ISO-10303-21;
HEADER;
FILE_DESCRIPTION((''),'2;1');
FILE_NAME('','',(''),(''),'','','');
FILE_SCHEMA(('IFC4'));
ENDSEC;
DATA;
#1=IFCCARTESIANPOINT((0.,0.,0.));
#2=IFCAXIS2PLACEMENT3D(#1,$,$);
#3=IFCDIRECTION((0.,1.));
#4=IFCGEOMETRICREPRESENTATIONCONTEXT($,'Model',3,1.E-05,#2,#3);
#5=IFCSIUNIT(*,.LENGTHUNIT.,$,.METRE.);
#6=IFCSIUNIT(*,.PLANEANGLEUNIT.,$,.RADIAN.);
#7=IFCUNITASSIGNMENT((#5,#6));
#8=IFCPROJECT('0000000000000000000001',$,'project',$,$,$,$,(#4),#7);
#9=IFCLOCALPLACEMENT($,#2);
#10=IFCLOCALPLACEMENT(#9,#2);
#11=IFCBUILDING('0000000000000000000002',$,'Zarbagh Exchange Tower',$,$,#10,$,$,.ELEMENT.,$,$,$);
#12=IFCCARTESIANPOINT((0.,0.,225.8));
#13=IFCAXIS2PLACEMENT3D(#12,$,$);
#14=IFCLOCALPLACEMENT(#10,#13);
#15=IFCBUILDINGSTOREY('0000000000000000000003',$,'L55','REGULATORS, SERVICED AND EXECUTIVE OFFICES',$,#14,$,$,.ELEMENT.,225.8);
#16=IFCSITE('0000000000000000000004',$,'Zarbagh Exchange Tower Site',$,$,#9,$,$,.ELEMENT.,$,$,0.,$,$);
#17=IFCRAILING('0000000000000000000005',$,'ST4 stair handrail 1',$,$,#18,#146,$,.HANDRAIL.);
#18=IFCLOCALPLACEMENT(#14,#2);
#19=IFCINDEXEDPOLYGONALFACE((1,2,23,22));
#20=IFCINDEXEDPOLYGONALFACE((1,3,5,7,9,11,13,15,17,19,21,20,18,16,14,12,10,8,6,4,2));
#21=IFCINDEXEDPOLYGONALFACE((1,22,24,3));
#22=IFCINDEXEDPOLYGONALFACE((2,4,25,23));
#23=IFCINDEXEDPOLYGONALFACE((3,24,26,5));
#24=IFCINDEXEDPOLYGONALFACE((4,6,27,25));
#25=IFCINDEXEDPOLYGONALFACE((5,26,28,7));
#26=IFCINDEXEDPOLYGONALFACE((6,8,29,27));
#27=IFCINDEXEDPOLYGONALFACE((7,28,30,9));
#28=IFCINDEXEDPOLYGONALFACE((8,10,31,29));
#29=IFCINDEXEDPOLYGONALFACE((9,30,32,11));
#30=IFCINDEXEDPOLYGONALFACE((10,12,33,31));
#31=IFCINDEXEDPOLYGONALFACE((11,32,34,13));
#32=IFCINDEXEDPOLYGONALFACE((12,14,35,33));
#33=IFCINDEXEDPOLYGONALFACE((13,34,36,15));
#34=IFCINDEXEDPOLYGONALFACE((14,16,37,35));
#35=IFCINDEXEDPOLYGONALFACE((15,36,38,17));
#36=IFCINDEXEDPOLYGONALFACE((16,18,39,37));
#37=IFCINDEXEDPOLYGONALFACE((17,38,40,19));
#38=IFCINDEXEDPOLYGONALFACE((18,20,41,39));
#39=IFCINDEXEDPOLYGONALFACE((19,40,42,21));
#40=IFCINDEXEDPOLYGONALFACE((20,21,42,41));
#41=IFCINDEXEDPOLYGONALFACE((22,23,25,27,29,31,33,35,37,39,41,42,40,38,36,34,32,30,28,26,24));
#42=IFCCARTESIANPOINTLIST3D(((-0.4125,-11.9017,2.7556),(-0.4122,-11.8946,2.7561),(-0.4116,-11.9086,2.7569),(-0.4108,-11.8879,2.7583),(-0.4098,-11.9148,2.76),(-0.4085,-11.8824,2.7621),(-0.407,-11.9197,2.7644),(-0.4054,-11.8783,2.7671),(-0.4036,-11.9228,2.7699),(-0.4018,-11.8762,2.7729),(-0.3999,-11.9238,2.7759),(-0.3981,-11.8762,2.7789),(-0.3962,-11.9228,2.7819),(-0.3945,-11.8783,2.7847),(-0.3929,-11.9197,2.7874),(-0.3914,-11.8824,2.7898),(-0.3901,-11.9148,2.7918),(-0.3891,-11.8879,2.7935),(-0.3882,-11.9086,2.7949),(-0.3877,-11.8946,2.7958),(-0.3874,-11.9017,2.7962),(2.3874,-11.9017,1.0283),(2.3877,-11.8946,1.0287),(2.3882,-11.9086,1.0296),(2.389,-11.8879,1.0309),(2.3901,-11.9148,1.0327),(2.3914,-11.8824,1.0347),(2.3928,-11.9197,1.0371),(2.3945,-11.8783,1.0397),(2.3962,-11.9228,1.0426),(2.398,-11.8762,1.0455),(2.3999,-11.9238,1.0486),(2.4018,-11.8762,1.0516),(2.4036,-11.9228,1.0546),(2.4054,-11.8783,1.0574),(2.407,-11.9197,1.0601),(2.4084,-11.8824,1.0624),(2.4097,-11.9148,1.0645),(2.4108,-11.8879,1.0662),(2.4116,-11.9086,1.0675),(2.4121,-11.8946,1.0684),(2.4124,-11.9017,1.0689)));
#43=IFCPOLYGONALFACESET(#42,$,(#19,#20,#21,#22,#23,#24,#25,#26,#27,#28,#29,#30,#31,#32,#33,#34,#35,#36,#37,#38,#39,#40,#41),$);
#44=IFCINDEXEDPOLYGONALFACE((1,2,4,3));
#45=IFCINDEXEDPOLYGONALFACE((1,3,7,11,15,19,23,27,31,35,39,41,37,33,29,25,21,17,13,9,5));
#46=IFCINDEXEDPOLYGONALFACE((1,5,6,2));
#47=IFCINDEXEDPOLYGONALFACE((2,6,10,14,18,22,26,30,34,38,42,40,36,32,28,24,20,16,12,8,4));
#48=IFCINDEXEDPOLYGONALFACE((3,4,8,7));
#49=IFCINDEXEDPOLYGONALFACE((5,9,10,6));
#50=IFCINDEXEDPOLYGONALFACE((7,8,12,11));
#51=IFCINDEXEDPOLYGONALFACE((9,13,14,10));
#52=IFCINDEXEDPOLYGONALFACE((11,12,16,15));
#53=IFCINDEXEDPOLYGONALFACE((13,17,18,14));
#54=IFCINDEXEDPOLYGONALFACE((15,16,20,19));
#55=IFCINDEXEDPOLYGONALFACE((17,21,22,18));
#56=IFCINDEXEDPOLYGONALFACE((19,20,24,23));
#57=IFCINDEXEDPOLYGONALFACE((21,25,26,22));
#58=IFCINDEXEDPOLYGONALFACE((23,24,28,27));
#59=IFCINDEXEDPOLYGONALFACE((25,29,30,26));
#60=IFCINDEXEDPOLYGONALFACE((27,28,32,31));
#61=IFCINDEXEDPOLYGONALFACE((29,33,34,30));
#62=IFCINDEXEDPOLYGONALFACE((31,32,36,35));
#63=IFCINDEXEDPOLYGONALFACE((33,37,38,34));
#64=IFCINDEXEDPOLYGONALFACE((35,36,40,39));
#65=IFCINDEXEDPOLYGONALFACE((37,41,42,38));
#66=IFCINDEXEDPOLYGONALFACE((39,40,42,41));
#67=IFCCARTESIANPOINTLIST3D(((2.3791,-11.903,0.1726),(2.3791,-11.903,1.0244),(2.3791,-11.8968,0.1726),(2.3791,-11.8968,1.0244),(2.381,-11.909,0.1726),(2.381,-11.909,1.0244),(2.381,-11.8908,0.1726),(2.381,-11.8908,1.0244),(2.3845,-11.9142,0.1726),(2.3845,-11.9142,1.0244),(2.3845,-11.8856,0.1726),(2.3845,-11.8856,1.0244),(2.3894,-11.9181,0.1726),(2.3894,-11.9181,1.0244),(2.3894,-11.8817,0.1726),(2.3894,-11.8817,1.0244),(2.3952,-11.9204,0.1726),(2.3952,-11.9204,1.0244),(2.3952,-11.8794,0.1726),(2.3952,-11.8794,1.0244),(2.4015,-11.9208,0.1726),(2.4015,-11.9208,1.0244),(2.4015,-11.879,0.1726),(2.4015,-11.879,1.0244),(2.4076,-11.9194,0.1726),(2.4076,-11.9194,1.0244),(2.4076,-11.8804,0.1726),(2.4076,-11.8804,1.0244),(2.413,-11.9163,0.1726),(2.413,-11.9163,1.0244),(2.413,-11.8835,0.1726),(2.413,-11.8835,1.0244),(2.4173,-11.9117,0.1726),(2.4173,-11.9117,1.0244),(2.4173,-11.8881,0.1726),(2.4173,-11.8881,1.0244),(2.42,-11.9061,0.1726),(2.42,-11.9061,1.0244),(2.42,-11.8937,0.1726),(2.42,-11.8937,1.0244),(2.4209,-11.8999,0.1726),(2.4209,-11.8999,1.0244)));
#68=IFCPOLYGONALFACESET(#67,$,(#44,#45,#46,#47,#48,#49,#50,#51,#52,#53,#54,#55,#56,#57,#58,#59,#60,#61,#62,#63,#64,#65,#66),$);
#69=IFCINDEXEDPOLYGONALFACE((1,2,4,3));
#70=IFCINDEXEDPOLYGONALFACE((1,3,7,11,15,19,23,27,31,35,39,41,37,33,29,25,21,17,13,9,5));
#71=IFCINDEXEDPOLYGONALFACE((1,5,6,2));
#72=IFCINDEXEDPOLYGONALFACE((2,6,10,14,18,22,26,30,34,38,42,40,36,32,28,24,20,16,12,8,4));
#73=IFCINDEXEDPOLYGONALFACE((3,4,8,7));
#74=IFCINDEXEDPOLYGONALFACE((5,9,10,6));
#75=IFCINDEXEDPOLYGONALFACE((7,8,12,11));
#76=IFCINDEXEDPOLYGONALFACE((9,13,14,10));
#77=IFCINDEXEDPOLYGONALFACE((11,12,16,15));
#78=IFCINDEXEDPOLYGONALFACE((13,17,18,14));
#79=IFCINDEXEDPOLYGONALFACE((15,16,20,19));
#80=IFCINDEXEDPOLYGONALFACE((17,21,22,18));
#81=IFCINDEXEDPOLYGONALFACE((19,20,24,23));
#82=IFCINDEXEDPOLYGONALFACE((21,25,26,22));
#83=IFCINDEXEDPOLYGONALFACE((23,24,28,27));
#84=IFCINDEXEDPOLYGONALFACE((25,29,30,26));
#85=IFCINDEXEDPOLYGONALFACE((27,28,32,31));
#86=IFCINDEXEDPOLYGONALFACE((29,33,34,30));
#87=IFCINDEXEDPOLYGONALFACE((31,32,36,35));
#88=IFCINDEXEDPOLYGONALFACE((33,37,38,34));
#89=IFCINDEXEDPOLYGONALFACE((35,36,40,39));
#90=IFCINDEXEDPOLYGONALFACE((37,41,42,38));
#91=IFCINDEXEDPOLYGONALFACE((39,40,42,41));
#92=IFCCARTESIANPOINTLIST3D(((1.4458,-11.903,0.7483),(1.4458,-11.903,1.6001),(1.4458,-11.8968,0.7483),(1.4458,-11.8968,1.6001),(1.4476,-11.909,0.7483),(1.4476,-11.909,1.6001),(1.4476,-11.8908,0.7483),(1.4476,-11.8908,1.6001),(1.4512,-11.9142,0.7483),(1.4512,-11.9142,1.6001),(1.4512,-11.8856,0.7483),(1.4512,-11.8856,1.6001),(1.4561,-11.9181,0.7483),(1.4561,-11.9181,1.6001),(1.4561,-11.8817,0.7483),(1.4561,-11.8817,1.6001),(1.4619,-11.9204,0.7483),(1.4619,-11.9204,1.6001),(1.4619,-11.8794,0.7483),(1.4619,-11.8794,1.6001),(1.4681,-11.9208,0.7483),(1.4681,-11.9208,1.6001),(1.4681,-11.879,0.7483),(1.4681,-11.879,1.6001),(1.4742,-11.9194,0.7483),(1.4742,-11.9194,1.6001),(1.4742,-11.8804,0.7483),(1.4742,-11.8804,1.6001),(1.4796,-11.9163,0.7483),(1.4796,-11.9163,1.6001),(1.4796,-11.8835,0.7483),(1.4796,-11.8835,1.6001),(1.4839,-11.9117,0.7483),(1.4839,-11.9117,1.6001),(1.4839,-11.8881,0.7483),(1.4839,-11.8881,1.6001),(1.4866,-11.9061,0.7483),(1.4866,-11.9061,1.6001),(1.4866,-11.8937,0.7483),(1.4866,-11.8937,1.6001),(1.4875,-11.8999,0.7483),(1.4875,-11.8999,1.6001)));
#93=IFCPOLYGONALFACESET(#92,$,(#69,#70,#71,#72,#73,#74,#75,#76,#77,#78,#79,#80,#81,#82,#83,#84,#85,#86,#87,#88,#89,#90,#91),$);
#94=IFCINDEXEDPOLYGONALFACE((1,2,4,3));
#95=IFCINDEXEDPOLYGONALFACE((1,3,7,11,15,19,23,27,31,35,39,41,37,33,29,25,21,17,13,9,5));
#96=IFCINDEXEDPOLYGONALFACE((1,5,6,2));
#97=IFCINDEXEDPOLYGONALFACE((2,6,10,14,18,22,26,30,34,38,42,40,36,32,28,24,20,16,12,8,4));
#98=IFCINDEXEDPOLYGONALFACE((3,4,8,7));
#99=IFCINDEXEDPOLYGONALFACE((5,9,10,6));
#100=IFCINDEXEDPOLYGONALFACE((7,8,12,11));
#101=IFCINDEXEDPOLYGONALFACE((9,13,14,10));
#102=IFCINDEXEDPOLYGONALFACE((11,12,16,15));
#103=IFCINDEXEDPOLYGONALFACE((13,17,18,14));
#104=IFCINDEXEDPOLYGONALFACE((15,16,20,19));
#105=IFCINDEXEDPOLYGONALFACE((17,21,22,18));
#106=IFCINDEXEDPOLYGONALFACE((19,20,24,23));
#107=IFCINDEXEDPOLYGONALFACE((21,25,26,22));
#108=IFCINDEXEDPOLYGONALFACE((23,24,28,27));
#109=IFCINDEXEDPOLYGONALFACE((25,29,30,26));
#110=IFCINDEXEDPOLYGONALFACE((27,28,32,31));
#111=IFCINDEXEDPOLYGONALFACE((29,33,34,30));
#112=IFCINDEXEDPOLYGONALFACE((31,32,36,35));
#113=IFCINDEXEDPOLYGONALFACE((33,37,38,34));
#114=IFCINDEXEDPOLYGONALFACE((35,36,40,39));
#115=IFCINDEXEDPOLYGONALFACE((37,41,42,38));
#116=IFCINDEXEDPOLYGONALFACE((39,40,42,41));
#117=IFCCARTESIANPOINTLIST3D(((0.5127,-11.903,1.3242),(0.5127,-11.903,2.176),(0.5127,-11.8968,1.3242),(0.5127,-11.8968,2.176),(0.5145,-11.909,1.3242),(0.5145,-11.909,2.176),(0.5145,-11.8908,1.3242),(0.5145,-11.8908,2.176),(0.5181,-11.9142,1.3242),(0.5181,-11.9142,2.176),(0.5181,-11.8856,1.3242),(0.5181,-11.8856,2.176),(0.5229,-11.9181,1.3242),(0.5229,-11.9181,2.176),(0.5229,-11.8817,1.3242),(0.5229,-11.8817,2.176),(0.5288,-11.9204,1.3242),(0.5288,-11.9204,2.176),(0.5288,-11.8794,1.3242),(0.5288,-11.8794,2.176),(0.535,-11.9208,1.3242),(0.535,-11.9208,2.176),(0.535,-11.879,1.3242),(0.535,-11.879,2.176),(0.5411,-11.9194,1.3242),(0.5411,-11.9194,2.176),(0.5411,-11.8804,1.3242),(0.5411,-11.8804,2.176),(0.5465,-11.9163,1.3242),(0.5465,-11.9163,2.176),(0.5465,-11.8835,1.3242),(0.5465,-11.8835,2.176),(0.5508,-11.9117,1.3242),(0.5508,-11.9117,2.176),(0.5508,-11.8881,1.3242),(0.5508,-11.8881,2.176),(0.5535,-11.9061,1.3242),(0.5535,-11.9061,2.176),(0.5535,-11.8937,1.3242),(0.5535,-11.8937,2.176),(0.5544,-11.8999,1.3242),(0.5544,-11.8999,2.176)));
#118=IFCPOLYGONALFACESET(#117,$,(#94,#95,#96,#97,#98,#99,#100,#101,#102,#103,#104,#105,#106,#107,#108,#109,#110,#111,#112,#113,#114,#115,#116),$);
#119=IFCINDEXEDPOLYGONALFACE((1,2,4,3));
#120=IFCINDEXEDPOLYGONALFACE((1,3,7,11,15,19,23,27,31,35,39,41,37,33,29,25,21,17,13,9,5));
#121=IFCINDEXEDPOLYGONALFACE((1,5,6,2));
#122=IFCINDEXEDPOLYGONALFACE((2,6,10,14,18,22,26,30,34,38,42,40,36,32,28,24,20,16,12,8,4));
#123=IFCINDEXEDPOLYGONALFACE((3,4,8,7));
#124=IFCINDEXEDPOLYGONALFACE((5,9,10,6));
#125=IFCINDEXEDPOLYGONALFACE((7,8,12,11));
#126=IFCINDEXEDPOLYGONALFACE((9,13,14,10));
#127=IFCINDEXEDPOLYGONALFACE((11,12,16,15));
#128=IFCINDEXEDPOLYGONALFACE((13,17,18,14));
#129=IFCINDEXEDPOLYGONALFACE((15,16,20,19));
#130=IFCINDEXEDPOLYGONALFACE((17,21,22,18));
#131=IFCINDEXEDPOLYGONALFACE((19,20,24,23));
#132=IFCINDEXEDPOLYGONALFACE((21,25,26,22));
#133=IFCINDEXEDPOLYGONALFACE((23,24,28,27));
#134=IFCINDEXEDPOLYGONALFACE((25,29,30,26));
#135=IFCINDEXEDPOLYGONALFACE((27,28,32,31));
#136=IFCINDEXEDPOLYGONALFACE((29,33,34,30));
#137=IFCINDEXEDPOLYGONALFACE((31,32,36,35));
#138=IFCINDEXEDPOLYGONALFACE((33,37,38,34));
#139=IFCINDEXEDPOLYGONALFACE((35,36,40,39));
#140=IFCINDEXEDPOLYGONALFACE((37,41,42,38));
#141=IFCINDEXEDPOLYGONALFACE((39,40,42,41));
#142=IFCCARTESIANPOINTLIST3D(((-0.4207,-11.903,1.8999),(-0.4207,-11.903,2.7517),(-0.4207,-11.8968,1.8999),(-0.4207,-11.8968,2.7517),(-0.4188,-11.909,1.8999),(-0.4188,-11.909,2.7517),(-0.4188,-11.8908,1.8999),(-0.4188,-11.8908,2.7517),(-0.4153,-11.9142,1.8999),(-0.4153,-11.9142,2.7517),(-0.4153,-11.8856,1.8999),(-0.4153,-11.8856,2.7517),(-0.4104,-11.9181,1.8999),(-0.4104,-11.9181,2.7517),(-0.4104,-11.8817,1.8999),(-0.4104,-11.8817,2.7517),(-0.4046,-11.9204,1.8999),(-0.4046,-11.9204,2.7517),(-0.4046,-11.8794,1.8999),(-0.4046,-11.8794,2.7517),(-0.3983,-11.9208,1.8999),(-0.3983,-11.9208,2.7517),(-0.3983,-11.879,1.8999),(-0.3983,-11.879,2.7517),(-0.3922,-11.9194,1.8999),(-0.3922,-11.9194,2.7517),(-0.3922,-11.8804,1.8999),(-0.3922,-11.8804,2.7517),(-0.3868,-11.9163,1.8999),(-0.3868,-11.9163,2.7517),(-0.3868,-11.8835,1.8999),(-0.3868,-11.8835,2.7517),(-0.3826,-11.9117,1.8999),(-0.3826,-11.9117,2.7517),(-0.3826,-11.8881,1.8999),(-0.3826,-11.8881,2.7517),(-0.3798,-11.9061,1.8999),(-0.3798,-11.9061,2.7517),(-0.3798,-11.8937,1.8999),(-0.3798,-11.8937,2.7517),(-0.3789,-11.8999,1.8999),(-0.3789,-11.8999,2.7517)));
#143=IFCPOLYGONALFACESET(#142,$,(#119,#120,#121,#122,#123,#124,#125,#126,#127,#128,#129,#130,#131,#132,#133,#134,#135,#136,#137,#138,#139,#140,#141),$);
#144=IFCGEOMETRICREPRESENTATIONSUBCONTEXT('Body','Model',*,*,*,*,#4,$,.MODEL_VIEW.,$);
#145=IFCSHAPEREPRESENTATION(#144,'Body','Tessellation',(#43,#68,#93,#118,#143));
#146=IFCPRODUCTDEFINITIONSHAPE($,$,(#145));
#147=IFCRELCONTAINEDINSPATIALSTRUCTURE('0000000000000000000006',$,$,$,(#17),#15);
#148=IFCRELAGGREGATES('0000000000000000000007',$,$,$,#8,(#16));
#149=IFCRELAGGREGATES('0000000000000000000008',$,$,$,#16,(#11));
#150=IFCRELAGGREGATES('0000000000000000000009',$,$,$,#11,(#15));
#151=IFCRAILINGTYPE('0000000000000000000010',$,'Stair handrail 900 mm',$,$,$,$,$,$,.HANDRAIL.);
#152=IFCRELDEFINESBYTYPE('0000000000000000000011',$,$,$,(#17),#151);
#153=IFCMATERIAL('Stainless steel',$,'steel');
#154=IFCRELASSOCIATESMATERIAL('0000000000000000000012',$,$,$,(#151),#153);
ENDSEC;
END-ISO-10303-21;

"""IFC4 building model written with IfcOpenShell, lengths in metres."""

from ifc_helpers import new_model, si_unit, direction, frame, origin, origin_2d, place, context, subcontext, project, spatial, circle, extrude, material, type_object, element, save


model = new_model("IFC4")

# Units and contexts
model_context = context("Model", 3, precision=1e-05, world=origin(), true_north=direction((0.0, 1.0)))
body_context = subcontext(model_context, "Body", "Model", "MODEL_VIEW")
ifc_project = project(units=[si_unit("LENGTHUNIT", "METRE"), si_unit("PLANEANGLEUNIT", "RADIAN")], contexts=[model_context])

# Site, building, storey
site_placement = place(None, origin())
site = spatial("IfcSite", under=ifc_project, at=site_placement, Name="Zarbagh Exchange Tower Site", CompositionType="ELEMENT", RefElevation=0.0)
building_placement = place(site_placement, origin())
building = spatial("IfcBuilding", under=site, at=building_placement, Name="Zarbagh Exchange Tower", CompositionType="ELEMENT")
storey_placement = place(building_placement, frame((0.0, 0.0, 225.8)))
storey = spatial("IfcBuildingStorey", under=building, at=storey_placement, Name="L55", Description="REGULATORS, SERVICED AND EXECUTIVE OFFICES", CompositionType="ELEMENT", Elevation=225.8)

# Shared definitions
ifc_material_1 = material(Name="Stainless steel", Category="steel")

# Railing
railing_type_1 = type_object("IfcRailingType", Name="Stair handrail 900 mm", PredefinedType="HANDRAIL", material=ifc_material_1)
railing_1_placement = place(storey_placement, frame((2.3999, -11.8999, 0.1726)))
element("IfcRailing", 1, at=railing_1_placement, inside=storey, type_object=railing_type_1, Name="ST4 stair handrail 1", PredefinedType="HANDRAIL", context=body_context, shape_type="SweptSolid", body=[
    extrude(circle(Radius=0.0239, at=origin_2d()), frame((0.0, 0.0, 0.876), z_axis=(-0.851069, 0.0, 0.525054), x_axis=(0.0, -1.0, 0.0)), (0.0, 0.0, 1.0), 3.2898),
    extrude(circle(Radius=0.021, at=origin_2d()), origin(), (0.0, 0.0, 1.0), 0.8518),
    extrude(circle(Radius=0.021, at=origin_2d()), frame((-0.9333, 0.0, 0.5757)), (0.0, 0.0, 1.0), 0.8518),
    extrude(circle(Radius=0.021, at=origin_2d()), frame((-1.8665, 0.0, 1.1516)), (0.0, 0.0, 1.0), 0.8518),
    extrude(circle(Radius=0.021, at=origin_2d()), frame((-2.7998, 0.0, 1.7273)), (0.0, 0.0, 1.0), 0.8518),
])

save(model, "model.ifc")
